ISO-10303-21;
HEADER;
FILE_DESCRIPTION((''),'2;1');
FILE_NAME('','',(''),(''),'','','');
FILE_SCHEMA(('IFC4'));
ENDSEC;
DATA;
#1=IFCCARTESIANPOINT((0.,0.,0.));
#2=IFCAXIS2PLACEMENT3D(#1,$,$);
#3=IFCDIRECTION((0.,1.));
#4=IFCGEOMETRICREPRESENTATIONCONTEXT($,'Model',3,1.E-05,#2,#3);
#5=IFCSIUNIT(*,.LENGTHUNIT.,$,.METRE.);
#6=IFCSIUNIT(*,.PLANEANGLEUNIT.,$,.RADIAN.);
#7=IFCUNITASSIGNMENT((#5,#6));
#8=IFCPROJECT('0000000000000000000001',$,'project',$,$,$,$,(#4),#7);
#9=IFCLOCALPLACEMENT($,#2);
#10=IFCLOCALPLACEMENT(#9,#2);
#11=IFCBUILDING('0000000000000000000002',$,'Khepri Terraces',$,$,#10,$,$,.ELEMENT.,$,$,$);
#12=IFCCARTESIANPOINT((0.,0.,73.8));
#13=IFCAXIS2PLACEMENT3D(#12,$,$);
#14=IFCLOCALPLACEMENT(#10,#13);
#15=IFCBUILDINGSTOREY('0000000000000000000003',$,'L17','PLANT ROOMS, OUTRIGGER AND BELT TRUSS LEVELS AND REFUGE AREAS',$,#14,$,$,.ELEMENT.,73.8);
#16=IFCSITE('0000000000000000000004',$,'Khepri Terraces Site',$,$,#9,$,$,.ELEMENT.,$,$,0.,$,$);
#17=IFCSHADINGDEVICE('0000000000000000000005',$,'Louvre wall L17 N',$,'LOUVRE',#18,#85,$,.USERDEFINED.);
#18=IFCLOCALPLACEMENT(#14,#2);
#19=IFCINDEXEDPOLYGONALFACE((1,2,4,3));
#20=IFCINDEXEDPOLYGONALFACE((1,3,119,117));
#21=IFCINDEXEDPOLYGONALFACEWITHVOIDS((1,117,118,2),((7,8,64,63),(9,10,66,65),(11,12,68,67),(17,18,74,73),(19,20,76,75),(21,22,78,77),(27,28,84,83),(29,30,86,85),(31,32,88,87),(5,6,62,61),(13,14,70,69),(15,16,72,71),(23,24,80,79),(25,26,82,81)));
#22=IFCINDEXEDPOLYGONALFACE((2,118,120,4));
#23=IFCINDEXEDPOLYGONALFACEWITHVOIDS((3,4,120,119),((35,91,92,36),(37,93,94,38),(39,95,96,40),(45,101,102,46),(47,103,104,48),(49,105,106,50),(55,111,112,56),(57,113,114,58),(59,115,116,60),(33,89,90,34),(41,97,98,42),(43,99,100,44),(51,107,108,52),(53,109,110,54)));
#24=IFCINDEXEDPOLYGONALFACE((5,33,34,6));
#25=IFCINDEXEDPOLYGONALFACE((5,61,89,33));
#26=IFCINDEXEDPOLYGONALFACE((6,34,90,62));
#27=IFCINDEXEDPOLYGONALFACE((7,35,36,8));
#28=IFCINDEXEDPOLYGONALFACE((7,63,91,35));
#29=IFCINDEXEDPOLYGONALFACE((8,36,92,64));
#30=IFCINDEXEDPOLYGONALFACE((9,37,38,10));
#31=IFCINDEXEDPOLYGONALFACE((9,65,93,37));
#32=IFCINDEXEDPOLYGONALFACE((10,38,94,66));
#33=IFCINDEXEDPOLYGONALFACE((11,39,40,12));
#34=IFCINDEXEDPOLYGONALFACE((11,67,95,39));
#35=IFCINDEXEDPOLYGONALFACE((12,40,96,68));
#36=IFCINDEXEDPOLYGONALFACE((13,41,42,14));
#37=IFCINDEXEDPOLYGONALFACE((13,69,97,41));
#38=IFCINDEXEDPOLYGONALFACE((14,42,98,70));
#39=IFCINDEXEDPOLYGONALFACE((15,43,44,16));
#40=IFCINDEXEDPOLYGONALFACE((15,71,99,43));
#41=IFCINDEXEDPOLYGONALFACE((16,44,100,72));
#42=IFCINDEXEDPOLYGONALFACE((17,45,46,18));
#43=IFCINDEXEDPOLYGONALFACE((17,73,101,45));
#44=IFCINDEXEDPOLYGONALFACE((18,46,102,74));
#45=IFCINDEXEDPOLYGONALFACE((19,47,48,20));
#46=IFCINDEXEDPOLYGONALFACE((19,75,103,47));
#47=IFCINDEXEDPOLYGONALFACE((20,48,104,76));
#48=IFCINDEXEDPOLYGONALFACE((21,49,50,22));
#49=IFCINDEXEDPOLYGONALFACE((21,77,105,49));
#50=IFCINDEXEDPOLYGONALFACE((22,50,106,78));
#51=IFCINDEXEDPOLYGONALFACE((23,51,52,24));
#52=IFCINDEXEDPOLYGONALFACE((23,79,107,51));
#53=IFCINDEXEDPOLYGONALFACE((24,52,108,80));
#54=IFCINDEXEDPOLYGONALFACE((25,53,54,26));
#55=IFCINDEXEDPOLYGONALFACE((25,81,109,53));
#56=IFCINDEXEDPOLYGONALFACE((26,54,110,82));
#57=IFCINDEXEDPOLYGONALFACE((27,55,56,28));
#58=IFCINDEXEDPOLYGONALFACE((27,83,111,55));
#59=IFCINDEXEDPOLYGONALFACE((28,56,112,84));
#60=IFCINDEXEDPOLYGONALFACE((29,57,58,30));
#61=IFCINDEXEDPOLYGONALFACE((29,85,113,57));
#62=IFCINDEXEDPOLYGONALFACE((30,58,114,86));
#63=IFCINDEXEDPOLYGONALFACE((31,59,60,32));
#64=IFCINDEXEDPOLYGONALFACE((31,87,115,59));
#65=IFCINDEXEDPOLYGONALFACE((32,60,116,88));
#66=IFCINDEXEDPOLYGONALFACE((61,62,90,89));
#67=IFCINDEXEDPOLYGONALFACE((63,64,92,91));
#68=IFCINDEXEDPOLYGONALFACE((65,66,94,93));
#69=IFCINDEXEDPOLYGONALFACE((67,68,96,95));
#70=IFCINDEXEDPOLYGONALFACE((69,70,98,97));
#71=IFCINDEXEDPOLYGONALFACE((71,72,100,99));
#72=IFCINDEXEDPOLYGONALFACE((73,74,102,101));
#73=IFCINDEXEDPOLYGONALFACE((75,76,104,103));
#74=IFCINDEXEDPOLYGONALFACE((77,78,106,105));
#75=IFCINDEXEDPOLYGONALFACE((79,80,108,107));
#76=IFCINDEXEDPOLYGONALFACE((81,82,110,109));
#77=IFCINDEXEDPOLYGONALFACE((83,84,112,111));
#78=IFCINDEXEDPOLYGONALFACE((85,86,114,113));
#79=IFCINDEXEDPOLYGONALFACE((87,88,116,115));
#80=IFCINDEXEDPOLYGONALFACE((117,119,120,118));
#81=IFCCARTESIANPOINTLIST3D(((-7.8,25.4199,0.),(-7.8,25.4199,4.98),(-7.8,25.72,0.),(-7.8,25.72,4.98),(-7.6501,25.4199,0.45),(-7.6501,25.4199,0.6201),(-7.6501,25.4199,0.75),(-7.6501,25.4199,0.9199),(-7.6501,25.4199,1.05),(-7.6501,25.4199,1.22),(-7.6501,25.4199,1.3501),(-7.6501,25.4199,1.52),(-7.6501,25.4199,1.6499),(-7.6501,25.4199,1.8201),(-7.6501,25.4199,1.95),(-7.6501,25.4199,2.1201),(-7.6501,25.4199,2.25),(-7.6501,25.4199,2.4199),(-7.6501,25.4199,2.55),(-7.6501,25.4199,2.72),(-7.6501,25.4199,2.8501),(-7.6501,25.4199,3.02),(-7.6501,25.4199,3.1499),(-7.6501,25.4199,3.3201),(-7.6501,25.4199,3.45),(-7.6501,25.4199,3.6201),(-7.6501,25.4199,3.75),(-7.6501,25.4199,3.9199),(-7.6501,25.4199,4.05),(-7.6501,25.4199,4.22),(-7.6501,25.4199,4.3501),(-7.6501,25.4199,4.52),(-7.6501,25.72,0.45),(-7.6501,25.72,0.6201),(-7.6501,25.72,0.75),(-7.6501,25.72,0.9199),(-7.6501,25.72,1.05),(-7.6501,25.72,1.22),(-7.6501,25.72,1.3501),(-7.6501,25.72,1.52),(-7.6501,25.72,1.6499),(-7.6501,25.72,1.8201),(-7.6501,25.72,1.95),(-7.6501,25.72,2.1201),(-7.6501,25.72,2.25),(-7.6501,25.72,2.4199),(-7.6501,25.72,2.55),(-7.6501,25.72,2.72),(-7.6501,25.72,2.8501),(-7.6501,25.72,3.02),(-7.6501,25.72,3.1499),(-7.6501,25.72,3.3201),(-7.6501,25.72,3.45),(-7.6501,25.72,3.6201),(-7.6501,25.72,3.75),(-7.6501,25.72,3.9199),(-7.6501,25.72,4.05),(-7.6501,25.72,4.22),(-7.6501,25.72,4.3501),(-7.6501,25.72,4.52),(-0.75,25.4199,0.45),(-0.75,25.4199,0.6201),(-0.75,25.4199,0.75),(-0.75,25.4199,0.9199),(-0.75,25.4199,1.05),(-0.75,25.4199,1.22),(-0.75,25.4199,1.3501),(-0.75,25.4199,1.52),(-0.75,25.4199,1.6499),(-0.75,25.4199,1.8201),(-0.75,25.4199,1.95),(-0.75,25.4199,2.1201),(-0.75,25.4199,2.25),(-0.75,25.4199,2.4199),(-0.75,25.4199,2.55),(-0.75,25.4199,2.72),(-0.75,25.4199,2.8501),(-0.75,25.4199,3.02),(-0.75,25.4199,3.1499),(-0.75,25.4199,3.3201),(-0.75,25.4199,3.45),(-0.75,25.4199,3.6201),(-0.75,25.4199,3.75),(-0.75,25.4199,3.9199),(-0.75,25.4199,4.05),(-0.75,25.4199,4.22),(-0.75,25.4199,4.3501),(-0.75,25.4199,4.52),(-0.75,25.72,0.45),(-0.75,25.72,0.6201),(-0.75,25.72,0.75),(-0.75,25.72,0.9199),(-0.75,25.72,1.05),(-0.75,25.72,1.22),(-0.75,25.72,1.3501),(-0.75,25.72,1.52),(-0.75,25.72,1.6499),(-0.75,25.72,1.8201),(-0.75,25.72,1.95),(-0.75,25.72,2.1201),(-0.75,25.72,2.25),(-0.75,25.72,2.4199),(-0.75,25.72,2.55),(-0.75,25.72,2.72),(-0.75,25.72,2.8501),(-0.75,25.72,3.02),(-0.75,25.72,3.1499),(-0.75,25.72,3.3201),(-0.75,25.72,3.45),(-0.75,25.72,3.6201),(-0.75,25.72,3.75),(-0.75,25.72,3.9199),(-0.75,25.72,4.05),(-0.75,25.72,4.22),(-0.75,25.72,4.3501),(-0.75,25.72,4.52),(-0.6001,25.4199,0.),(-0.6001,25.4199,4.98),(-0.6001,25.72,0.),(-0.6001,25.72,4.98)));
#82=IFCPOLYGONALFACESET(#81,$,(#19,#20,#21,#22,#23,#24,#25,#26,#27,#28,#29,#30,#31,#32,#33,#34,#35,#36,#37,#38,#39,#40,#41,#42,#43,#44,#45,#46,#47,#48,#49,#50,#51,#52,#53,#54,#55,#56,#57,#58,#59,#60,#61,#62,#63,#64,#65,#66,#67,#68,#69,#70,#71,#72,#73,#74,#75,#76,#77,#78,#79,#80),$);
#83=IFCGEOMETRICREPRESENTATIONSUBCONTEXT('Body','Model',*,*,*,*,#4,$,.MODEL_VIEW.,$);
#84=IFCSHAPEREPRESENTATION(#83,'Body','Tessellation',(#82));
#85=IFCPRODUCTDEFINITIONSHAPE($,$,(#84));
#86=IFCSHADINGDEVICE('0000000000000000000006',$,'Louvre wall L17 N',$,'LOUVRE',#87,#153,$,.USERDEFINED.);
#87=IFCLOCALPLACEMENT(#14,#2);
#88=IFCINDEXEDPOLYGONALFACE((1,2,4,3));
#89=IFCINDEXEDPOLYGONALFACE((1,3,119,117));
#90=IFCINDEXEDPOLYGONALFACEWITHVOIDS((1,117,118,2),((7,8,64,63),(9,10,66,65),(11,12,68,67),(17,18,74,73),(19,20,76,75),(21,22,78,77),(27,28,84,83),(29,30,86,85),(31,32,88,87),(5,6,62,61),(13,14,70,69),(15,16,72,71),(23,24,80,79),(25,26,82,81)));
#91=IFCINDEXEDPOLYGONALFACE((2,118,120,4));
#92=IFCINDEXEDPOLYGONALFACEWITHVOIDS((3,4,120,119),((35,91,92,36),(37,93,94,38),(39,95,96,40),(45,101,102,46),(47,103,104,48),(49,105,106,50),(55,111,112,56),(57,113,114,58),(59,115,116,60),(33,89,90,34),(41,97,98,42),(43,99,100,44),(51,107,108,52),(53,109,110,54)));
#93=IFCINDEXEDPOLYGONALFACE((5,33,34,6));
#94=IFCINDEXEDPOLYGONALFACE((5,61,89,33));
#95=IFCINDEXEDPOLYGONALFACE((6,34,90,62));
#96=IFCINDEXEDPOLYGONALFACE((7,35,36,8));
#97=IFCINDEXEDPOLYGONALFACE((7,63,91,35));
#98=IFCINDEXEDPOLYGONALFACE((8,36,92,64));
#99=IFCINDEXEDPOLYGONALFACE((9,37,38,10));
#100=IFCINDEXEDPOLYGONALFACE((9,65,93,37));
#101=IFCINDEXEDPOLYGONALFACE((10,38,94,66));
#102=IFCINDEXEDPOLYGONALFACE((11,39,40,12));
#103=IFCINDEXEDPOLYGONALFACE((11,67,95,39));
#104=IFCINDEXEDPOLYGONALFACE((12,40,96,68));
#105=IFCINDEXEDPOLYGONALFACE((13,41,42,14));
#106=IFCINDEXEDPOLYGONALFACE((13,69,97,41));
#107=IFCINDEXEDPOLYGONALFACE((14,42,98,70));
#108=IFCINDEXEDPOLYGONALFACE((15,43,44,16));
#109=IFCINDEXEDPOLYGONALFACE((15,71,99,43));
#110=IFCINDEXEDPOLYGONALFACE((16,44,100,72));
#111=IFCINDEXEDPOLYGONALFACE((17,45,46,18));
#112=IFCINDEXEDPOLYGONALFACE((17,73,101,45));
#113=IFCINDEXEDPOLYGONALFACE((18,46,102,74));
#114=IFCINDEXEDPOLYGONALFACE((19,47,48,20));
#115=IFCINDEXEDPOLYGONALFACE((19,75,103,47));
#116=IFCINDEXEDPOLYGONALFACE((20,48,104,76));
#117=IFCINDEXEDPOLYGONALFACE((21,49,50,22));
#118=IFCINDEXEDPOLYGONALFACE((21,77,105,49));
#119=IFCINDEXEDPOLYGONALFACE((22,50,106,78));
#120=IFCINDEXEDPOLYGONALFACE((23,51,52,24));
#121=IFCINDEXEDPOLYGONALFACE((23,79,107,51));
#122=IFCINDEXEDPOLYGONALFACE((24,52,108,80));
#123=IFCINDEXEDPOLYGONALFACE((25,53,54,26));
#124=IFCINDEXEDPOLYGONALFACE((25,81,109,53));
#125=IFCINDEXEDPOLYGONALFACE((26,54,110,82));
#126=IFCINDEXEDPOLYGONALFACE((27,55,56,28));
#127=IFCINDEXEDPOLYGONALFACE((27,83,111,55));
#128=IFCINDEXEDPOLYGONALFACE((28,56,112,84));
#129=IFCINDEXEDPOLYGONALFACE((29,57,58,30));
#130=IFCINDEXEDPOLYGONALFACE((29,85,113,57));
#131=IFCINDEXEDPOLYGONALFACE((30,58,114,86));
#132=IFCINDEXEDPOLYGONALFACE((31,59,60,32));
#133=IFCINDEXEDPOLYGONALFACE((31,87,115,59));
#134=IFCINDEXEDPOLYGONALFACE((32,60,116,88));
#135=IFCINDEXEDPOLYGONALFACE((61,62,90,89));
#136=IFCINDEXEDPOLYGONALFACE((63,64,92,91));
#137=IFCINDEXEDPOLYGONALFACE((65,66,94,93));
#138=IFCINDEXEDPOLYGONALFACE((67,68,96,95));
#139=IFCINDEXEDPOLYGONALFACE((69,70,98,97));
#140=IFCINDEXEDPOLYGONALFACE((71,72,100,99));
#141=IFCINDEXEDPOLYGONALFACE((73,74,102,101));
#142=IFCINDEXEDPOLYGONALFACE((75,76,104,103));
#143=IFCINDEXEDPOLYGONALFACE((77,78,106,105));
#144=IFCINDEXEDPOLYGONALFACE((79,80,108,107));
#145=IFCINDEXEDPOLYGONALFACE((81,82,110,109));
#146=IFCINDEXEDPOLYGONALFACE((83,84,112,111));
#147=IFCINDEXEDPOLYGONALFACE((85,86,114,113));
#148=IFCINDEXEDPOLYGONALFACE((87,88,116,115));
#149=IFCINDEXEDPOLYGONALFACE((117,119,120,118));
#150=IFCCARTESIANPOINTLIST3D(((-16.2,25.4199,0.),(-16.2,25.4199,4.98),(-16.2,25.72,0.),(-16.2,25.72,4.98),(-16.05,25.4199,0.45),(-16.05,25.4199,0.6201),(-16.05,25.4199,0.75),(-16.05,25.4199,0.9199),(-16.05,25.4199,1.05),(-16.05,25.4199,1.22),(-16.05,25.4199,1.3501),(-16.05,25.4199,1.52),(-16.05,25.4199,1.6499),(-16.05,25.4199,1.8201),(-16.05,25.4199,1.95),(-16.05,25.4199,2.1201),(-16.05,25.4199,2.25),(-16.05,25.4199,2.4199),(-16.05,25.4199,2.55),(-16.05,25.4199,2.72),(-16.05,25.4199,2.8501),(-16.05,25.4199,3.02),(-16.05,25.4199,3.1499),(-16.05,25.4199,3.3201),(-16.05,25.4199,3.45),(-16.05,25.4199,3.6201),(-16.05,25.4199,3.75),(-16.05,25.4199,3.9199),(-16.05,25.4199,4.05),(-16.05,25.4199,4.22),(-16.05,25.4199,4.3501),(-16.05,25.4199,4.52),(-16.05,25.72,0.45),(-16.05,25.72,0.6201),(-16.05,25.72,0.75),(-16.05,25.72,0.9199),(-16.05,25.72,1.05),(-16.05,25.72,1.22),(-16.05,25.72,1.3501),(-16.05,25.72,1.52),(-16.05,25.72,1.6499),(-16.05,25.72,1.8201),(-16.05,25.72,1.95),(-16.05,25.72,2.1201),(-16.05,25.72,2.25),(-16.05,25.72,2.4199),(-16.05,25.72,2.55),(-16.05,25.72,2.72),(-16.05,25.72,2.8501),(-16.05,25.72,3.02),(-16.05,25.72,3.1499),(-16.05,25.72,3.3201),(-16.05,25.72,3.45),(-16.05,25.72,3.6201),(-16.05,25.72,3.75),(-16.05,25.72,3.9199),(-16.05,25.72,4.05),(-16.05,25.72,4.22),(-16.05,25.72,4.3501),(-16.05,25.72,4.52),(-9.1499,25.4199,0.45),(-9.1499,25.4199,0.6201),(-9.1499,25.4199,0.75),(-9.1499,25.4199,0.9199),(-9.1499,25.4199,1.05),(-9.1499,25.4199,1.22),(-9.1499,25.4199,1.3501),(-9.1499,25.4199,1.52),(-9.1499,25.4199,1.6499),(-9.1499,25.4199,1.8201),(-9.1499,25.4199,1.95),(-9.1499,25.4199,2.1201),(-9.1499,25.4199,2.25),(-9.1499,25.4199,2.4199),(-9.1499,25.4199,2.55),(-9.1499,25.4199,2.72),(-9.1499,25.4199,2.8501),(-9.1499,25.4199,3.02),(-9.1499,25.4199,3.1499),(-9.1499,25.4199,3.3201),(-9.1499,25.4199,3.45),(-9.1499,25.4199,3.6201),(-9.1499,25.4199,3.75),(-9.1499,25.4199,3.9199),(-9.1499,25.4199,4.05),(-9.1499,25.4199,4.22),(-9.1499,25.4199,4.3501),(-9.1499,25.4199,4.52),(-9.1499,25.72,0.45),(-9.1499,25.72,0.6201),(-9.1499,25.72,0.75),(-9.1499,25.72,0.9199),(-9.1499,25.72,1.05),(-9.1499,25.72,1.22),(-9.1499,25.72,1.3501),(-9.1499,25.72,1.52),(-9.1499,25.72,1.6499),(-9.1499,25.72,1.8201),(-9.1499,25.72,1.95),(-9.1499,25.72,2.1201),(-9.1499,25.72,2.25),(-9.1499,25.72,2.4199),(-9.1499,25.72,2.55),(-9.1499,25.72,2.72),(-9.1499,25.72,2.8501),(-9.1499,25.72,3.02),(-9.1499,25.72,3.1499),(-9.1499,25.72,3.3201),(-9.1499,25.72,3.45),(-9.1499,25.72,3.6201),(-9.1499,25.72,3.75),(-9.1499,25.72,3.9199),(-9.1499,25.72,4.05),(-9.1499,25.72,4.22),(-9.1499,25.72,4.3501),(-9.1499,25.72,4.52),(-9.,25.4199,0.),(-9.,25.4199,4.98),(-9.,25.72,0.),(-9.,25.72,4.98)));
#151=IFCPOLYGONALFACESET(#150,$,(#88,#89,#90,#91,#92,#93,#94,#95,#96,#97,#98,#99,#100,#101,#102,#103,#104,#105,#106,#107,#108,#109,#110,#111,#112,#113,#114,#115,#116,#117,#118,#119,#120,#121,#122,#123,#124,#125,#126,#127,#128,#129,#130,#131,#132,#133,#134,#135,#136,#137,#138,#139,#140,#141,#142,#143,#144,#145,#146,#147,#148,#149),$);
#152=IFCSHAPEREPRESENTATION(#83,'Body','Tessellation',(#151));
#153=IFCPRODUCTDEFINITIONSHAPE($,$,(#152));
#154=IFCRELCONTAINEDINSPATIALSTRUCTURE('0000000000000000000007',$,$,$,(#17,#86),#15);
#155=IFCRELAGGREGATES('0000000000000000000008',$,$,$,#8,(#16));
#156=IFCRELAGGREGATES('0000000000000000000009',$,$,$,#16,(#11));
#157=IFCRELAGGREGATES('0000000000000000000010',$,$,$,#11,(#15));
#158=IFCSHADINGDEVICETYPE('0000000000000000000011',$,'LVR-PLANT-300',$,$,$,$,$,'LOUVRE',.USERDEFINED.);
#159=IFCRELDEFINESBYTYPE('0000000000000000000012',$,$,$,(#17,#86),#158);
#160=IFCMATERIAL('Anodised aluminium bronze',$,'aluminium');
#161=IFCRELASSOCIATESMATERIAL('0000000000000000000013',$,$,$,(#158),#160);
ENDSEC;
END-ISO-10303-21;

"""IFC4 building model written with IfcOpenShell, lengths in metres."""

from ifc_helpers import new_model, si_unit, direction, frame, origin, place, context, subcontext, project, spatial, polyline, outline, extrude, material, type_object, element, save


model = new_model("IFC4")

# Units and contexts
model_context = context("Model", 3, precision=1e-05, world=origin(), true_north=direction((0.0, 1.0)))
body_context = subcontext(model_context, "Body", "Model", "MODEL_VIEW")
ifc_project = project(units=[si_unit("LENGTHUNIT", "METRE"), si_unit("PLANEANGLEUNIT", "RADIAN")], contexts=[model_context])

# Site, building, storey
site_placement = place(None, origin())
site = spatial("IfcSite", under=ifc_project, at=site_placement, Name="Khepri Terraces Site", CompositionType="ELEMENT", RefElevation=0.0)
building_placement = place(site_placement, origin())
building = spatial("IfcBuilding", under=site, at=building_placement, Name="Khepri Terraces", CompositionType="ELEMENT")
storey_placement = place(building_placement, frame((0.0, 0.0, 73.8)))
storey = spatial("IfcBuildingStorey", under=building, at=storey_placement, Name="L17", Description="PLANT ROOMS, OUTRIGGER AND BELT TRUSS LEVELS AND REFUGE AREAS", CompositionType="ELEMENT", Elevation=73.8)

# Shading devices
ifc_material_1 = material(Name="Anodised aluminium bronze", Category="aluminium")
shading_device_type = type_object("IfcShadingDeviceType", Name="LVR-PLANT-300", ElementType="LOUVRE", PredefinedType="USERDEFINED", material=ifc_material_1)
shading_device_1_placement = place(storey_placement, frame((-0.6001, 25.4199, 0.0), z_axis=(0.0, 1.0, 0.0), x_axis=(-1.0, 0.0, 0.0)))
element("IfcShadingDevice", 1, at=shading_device_1_placement, inside=storey, type_object=shading_device_type, Name="Louvre wall L17 N", ObjectType="LOUVRE", PredefinedType="USERDEFINED", context=body_context, shape_type="SweptSolid", body=[
    extrude(outline(polyline([(0.0, 0.0), (7.2, 0.0), (7.2, 4.98), (0.0, 4.98), (0.0, 0.0)]), holes=[polyline([(0.1499, 0.45), (7.05, 0.45), (7.05, 0.6201), (0.1499, 0.6201), (0.1499, 0.45)]), polyline([(0.1499, 0.75), (7.05, 0.75), (7.05, 0.9199), (0.1499, 0.9199), (0.1499, 0.75)]), polyline([(0.1499, 1.05), (7.05, 1.05), (7.05, 1.22), (0.1499, 1.22), (0.1499, 1.05)]), polyline([(0.1499, 1.3501), (7.05, 1.3501), (7.05, 1.52), (0.1499, 1.52), (0.1499, 1.3501)]), polyline([(0.1499, 1.6499), (7.05, 1.6499), (7.05, 1.8201), (0.1499, 1.8201), (0.1499, 1.6499)]), polyline([(0.1499, 1.95), (7.05, 1.95), (7.05, 2.1201), (0.1499, 2.1201), (0.1499, 1.95)]), polyline([(0.1499, 2.25), (7.05, 2.25), (7.05, 2.4199), (0.1499, 2.4199), (0.1499, 2.25)]), polyline([(0.1499, 2.55), (7.05, 2.55), (7.05, 2.72), (0.1499, 2.72), (0.1499, 2.55)]), polyline([(0.1499, 2.8501), (7.05, 2.8501), (7.05, 3.02), (0.1499, 3.02), (0.1499, 2.8501)]), polyline([(0.1499, 3.1499), (7.05, 3.1499), (7.05, 3.3201), (0.1499, 3.3201), (0.1499, 3.1499)]), polyline([(0.1499, 3.45), (7.05, 3.45), (7.05, 3.6201), (0.1499, 3.6201), (0.1499, 3.45)]), polyline([(0.1499, 3.75), (7.05, 3.75), (7.05, 3.9199), (0.1499, 3.9199), (0.1499, 3.75)]), polyline([(0.1499, 4.05), (7.05, 4.05), (7.05, 4.22), (0.1499, 4.22), (0.1499, 4.05)]), polyline([(0.1499, 4.3501), (7.05, 4.3501), (7.05, 4.52), (0.1499, 4.52), (0.1499, 4.3501)])]), origin(), (0.0, 0.0, 1.0), 0.3),
])
shading_device_2_placement = place(storey_placement, frame((-9.0, 25.4199, 0.0), z_axis=(0.0, 1.0, 0.0), x_axis=(-1.0, 0.0, 0.0)))
element("IfcShadingDevice", 2, at=shading_device_2_placement, inside=storey, type_object=shading_device_type, Name="Louvre wall L17 N", ObjectType="LOUVRE", PredefinedType="USERDEFINED", context=body_context, shape_type="SweptSolid", body=[
    extrude(outline(polyline([(0.0, 0.0), (7.2, 0.0), (7.2, 4.98), (0.0, 4.98), (0.0, 0.0)]), holes=[polyline([(0.1499, 0.45), (7.05, 0.45), (7.05, 0.6201), (0.1499, 0.6201), (0.1499, 0.45)]), polyline([(0.1499, 0.75), (7.05, 0.75), (7.05, 0.9199), (0.1499, 0.9199), (0.1499, 0.75)]), polyline([(0.1499, 1.05), (7.05, 1.05), (7.05, 1.22), (0.1499, 1.22), (0.1499, 1.05)]), polyline([(0.1499, 1.3501), (7.05, 1.3501), (7.05, 1.52), (0.1499, 1.52), (0.1499, 1.3501)]), polyline([(0.1499, 1.6499), (7.05, 1.6499), (7.05, 1.8201), (0.1499, 1.8201), (0.1499, 1.6499)]), polyline([(0.1499, 1.95), (7.05, 1.95), (7.05, 2.1201), (0.1499, 2.1201), (0.1499, 1.95)]), polyline([(0.1499, 2.25), (7.05, 2.25), (7.05, 2.4199), (0.1499, 2.4199), (0.1499, 2.25)]), polyline([(0.1499, 2.55), (7.05, 2.55), (7.05, 2.72), (0.1499, 2.72), (0.1499, 2.55)]), polyline([(0.1499, 2.8501), (7.05, 2.8501), (7.05, 3.02), (0.1499, 3.02), (0.1499, 2.8501)]), polyline([(0.1499, 3.1499), (7.05, 3.1499), (7.05, 3.3201), (0.1499, 3.3201), (0.1499, 3.1499)]), polyline([(0.1499, 3.45), (7.05, 3.45), (7.05, 3.6201), (0.1499, 3.6201), (0.1499, 3.45)]), polyline([(0.1499, 3.75), (7.05, 3.75), (7.05, 3.9199), (0.1499, 3.9199), (0.1499, 3.75)]), polyline([(0.1499, 4.05), (7.05, 4.05), (7.05, 4.22), (0.1499, 4.22), (0.1499, 4.05)]), polyline([(0.1499, 4.3501), (7.05, 4.3501), (7.05, 4.52), (0.1499, 4.52), (0.1499, 4.3501)])]), origin(), (0.0, 0.0, 1.0), 0.3),
])

save(model, "model.ifc")
